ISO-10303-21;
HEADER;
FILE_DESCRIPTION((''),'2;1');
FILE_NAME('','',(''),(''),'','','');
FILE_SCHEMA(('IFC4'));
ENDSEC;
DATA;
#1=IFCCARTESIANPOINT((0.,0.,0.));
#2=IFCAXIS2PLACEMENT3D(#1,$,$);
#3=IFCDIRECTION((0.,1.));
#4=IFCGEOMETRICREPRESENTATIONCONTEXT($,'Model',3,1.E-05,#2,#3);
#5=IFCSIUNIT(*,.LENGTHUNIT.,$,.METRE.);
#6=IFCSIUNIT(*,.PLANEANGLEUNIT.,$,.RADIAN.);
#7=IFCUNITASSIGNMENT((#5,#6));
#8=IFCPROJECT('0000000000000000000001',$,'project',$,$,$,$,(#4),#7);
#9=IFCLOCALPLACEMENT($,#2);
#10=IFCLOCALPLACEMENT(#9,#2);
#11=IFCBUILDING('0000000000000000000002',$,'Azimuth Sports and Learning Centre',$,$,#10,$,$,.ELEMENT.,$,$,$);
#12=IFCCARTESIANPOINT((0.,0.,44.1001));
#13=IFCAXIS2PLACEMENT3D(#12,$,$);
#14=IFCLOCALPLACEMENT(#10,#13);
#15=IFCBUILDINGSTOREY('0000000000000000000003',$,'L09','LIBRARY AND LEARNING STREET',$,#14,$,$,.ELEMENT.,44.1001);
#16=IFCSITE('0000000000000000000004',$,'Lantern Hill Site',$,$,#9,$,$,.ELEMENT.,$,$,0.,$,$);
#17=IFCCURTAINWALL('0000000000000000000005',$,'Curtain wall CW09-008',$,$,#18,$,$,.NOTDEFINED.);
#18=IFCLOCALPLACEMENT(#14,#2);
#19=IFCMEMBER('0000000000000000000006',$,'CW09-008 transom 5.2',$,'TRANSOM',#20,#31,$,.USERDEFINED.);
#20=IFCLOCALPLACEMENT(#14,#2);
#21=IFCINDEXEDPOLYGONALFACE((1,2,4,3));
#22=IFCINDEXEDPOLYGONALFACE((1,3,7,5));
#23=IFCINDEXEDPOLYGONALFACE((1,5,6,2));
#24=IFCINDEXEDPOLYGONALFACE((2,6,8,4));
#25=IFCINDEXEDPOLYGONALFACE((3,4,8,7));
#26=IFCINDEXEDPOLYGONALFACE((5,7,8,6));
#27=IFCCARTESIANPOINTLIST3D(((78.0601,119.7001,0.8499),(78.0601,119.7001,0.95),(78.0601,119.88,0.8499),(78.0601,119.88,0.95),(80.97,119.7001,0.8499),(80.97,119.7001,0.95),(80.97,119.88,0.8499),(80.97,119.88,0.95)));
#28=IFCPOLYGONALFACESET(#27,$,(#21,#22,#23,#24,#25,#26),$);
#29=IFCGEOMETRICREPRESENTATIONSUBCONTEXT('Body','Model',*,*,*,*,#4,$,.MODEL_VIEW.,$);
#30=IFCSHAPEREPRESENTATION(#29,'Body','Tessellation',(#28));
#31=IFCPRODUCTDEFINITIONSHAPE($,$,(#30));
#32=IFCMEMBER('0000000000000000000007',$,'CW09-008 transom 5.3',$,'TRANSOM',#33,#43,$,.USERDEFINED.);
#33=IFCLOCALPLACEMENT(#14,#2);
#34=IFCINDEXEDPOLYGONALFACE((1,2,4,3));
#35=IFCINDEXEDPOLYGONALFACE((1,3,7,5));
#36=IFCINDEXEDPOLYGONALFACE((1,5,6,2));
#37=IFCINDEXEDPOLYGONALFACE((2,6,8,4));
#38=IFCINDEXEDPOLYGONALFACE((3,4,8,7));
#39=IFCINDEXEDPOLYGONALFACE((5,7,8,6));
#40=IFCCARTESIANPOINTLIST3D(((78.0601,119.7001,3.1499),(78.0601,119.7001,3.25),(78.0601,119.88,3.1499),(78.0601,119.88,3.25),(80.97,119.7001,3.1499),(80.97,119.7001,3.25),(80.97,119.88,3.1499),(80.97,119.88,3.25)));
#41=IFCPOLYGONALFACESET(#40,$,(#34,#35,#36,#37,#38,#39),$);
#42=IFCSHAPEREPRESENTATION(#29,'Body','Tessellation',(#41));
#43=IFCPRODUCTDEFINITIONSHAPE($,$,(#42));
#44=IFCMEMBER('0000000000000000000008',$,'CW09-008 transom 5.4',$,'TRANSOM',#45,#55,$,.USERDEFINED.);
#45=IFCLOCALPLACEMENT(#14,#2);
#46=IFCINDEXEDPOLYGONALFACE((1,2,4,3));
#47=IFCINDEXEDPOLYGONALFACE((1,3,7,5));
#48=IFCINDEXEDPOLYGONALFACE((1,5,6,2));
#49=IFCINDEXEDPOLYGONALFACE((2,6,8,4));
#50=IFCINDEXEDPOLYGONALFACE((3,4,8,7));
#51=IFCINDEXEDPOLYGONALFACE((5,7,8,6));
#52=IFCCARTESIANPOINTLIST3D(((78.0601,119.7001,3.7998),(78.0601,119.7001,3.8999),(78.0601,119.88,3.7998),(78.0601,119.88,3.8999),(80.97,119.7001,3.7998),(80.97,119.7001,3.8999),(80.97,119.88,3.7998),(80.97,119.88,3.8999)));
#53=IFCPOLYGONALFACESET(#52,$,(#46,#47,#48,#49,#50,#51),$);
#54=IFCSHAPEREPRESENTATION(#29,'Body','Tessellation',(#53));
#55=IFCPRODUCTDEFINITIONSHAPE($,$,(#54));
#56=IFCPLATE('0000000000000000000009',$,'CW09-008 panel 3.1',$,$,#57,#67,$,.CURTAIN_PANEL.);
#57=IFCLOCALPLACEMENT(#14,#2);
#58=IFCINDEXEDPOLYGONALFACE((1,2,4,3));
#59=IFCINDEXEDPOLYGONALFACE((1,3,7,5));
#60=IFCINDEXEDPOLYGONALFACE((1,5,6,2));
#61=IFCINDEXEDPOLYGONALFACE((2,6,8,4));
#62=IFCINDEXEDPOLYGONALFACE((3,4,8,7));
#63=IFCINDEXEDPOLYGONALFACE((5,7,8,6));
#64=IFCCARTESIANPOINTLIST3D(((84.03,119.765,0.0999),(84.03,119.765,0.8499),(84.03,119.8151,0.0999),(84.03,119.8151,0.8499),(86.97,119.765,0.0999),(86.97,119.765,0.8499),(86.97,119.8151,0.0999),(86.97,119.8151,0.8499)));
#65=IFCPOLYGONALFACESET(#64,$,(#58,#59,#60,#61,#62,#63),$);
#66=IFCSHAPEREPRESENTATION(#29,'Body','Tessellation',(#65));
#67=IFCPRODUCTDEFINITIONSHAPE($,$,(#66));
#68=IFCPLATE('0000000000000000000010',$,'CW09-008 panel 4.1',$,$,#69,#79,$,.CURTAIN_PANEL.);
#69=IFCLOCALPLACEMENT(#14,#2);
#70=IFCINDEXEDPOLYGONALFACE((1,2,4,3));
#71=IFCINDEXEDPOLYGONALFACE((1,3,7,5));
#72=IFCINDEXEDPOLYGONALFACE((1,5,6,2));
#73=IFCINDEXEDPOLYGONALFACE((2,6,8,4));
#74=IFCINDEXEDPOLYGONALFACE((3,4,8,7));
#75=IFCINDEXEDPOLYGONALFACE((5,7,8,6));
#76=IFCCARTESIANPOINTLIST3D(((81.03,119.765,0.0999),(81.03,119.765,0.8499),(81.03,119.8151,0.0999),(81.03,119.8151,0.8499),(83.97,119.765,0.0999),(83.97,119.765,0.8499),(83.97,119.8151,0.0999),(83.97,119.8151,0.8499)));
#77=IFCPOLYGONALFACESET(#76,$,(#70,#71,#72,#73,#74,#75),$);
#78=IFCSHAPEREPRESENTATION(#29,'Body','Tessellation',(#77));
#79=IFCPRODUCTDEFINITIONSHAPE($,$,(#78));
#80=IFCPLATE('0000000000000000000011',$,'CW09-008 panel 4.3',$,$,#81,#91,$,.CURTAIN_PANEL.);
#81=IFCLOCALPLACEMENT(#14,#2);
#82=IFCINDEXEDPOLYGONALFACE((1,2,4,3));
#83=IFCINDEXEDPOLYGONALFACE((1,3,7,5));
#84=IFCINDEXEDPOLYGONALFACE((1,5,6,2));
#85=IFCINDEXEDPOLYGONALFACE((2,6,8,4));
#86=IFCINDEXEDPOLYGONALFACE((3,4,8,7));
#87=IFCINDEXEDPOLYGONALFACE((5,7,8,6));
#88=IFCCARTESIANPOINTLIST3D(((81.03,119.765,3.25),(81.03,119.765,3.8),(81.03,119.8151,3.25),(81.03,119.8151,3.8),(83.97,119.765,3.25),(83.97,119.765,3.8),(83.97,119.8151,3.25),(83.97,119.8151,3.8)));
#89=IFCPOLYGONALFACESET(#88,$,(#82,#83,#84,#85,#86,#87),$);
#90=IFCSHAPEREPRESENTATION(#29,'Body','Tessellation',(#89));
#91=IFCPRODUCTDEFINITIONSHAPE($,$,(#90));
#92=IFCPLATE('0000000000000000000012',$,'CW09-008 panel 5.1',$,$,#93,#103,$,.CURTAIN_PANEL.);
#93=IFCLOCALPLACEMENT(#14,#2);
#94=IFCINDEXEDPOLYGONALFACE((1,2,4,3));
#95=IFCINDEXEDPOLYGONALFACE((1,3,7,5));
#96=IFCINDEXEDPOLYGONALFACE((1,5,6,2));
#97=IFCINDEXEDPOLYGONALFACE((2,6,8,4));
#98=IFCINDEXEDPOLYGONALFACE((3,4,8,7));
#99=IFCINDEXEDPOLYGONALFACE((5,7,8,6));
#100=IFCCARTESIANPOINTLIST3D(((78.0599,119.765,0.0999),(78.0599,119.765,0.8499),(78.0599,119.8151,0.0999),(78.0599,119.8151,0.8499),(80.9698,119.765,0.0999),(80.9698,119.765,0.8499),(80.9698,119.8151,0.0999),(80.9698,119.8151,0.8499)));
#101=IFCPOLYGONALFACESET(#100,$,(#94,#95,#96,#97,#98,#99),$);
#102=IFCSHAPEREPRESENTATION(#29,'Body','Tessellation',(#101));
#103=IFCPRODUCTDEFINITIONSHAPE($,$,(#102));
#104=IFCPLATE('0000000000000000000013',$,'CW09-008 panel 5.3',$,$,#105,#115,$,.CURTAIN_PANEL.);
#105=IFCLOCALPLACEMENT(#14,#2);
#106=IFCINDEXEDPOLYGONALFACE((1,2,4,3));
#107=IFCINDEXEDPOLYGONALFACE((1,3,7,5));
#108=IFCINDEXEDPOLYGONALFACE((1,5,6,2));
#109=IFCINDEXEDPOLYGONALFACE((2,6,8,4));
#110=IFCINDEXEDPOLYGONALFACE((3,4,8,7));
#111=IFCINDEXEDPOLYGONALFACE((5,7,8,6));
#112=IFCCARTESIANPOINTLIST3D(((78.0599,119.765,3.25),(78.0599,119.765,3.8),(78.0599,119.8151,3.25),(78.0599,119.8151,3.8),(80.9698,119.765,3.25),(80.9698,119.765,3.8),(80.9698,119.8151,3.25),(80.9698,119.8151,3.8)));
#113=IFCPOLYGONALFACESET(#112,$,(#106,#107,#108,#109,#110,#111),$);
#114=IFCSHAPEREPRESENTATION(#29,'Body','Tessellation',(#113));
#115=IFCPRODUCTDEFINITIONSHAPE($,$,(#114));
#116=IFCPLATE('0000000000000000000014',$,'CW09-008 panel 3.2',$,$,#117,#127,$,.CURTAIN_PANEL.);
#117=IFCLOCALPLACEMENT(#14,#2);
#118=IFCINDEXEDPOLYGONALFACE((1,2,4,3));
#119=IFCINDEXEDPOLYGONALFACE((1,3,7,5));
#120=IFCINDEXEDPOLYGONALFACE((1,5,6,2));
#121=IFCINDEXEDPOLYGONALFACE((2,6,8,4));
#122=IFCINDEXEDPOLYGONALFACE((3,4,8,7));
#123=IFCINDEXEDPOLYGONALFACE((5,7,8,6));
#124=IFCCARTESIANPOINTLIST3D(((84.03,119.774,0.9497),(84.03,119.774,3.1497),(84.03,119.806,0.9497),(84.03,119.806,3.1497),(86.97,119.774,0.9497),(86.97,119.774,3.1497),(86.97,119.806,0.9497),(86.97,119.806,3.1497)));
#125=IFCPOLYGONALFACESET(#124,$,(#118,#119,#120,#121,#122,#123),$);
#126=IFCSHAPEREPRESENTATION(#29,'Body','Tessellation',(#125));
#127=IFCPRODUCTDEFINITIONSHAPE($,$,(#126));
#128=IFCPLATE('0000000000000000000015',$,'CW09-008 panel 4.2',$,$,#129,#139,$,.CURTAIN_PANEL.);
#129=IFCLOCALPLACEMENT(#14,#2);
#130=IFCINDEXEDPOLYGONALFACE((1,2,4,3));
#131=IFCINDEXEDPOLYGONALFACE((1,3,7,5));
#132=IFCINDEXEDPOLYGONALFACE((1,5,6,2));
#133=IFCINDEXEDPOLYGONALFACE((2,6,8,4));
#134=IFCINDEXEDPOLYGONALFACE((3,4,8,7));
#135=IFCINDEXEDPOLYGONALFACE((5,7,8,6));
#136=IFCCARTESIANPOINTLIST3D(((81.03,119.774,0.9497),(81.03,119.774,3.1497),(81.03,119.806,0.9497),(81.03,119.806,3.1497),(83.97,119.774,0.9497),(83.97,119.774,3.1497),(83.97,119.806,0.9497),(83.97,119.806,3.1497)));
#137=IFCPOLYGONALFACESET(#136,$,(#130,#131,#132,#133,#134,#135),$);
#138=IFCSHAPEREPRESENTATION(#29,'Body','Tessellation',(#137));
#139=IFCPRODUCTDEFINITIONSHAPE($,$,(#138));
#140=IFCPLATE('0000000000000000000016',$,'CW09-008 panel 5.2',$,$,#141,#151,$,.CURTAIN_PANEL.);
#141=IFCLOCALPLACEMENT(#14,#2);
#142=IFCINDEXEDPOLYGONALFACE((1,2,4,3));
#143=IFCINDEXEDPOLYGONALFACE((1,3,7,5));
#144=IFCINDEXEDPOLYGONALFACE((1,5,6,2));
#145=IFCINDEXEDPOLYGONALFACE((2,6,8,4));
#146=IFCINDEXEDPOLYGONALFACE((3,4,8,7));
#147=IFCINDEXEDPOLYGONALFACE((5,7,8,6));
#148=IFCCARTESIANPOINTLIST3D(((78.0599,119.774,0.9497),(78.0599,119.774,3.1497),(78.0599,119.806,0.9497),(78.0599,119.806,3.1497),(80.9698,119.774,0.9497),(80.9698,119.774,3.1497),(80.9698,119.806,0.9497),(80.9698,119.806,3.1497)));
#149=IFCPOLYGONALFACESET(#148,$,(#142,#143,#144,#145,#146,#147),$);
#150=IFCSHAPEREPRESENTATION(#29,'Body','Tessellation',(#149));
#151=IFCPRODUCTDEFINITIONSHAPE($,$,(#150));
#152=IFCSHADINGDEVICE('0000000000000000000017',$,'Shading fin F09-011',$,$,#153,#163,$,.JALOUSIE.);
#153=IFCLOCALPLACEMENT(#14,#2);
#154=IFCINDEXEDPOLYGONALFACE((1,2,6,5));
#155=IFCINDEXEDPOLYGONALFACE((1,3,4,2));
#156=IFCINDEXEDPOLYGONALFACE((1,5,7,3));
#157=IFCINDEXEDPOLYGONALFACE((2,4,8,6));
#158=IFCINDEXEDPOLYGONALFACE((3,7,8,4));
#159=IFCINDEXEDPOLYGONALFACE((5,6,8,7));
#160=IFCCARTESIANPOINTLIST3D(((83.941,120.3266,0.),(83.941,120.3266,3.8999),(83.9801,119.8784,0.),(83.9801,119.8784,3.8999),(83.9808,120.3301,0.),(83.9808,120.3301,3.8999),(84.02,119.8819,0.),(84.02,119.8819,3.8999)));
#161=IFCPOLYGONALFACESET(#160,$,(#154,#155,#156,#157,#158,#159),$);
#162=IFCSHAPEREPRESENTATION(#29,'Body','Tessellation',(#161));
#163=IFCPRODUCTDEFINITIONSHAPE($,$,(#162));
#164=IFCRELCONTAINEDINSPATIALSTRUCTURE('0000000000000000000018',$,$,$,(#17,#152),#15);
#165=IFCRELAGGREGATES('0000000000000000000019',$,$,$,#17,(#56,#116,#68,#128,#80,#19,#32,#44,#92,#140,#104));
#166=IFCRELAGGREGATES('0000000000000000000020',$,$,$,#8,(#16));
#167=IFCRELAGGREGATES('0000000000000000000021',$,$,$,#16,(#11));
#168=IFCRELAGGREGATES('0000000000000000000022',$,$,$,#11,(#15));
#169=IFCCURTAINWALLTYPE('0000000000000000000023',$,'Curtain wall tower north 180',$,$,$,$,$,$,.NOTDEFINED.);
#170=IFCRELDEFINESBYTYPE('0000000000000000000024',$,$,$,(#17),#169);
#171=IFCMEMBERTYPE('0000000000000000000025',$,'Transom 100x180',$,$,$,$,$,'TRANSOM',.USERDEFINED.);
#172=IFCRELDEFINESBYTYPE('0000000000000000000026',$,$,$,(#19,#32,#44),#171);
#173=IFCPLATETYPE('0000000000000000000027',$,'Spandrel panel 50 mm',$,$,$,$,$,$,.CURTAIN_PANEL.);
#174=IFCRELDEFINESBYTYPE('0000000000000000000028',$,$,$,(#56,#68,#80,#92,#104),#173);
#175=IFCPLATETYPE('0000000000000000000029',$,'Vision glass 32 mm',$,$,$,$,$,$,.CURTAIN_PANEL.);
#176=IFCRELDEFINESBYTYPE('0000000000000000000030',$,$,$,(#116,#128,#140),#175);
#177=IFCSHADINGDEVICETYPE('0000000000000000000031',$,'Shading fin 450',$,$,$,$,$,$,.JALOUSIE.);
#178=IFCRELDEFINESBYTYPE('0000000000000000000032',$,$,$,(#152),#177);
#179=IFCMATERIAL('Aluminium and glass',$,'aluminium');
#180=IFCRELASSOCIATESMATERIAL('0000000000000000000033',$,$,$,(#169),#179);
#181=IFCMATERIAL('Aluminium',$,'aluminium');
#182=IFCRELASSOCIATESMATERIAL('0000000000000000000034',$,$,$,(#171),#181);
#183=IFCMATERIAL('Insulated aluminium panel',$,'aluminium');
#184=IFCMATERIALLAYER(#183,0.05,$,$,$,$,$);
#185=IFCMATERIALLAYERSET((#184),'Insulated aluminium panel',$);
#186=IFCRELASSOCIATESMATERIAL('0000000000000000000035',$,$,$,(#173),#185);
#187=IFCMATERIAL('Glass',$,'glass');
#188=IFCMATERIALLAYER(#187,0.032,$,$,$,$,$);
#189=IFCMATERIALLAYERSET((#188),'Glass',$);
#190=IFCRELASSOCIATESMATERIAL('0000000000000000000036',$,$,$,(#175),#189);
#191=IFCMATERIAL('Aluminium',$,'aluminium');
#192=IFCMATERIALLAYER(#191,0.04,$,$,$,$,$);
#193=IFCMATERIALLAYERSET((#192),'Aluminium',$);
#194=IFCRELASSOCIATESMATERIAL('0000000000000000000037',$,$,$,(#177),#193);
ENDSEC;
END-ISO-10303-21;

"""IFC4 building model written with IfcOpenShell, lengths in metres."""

from ifc_helpers import new_model, si_unit, direction, frame, origin, origin_2d, place, context, subcontext, project, spatial, rectangle, extrude, material, layer, layer_set, material_profile, profile_set, type_object, element, aggregate, save


model = new_model("IFC4")

# Units and contexts
model_context = context("Model", 3, precision=1e-05, world=origin(), true_north=direction((0.0, 1.0)))
body_context = subcontext(model_context, "Body", "Model", "MODEL_VIEW")
ifc_project = project(units=[si_unit("LENGTHUNIT", "METRE"), si_unit("PLANEANGLEUNIT", "RADIAN")], contexts=[model_context])

# Site, building, storey
site_placement = place(None, origin())
site = spatial("IfcSite", under=ifc_project, at=site_placement, Name="Lantern Hill Site", CompositionType="ELEMENT", RefElevation=0.0)
building_placement = place(site_placement, origin())
building = spatial("IfcBuilding", under=site, at=building_placement, Name="Azimuth Sports and Learning Centre", CompositionType="ELEMENT")
storey_placement = place(building_placement, frame((0.0, 0.0, 44.1001)))
storey = spatial("IfcBuildingStorey", under=building, at=storey_placement, Name="L09", Description="LIBRARY AND LEARNING STREET", CompositionType="ELEMENT", Elevation=44.1001)

# Curtain wall, members, plates
ifc_material_1 = material(Name="Aluminium and glass", Category="aluminium")
curtain_wall_type = type_object("IfcCurtainWallType", Name="Curtain wall tower north 180", PredefinedType="NOTDEFINED", material=ifc_material_1)
curtain_wall_placement = place(storey_placement, origin())
curtain_wall = element("IfcCurtainWall", 1, at=curtain_wall_placement, inside=storey, type_object=curtain_wall_type, Name="Curtain wall CW09-008", PredefinedType="NOTDEFINED")
ifc_material_2 = material(Name="Aluminium", Category="aluminium")
ifc_material_profile_1 = material_profile(ifc_material_2, rectangle(XDim=0.1799, YDim=0.1001, at=origin_2d()), Name="Transom 100x180")
ifc_profile_set_1 = profile_set([ifc_material_profile_1], Name="Aluminium")
member_type_1 = type_object("IfcMemberType", Name="Transom 100x180", ElementType="TRANSOM", PredefinedType="USERDEFINED", material=ifc_profile_set_1)
member_1_placement = place(storey_placement, frame((80.97, 119.79, 0.8999), z_axis=(-1.0, 0.0, 0.0), x_axis=(0.0, -1.0, 0.0)))
member_1 = element("IfcMember", 2, at=member_1_placement, type_object=member_type_1, Name="CW09-008 transom 5.2", ObjectType="TRANSOM", PredefinedType="USERDEFINED", context=body_context, shape_type="SweptSolid", body=[
    extrude(rectangle(XDim=0.1799, YDim=0.1001, at=origin_2d()), origin(), (0.0, 0.0, 1.0), 2.9099),
])
member_2_placement = place(storey_placement, frame((80.97, 119.79, 3.2), z_axis=(-1.0, 0.0, 0.0), x_axis=(0.0, -1.0, 0.0)))
member_2 = element("IfcMember", 3, at=member_2_placement, type_object=member_type_1, Name="CW09-008 transom 5.3", ObjectType="TRANSOM", PredefinedType="USERDEFINED", context=body_context, shape_type="SweptSolid", body=[
    extrude(rectangle(XDim=0.1799, YDim=0.1001, at=origin_2d()), origin(), (0.0, 0.0, 1.0), 2.9099),
])
member_3_placement = place(storey_placement, frame((80.97, 119.79, 3.8499), z_axis=(-1.0, 0.0, 0.0), x_axis=(0.0, -1.0, 0.0)))
member_3 = element("IfcMember", 4, at=member_3_placement, type_object=member_type_1, Name="CW09-008 transom 5.4", ObjectType="TRANSOM", PredefinedType="USERDEFINED", context=body_context, shape_type="SweptSolid", body=[
    extrude(rectangle(XDim=0.1799, YDim=0.1001, at=origin_2d()), origin(), (0.0, 0.0, 1.0), 2.9099),
])
ifc_material_3 = material(Name="Insulated aluminium panel", Category="aluminium")
ifc_layer_1 = layer(ifc_material_3, 0.05)
ifc_layer_set_1 = layer_set([ifc_layer_1], Name="Insulated aluminium panel")
plate_type_1 = type_object("IfcPlateType", Name="Spandrel panel 50 mm", PredefinedType="CURTAIN_PANEL", material=ifc_layer_set_1)
plate_1_placement = place(storey_placement, frame((85.5, 119.79, 0.0999), z_axis=(0.0, 0.0, 1.0), x_axis=(-1.0, 0.0, 0.0)))
plate_1 = element("IfcPlate", 5, at=plate_1_placement, type_object=plate_type_1, Name="CW09-008 panel 3.1", PredefinedType="CURTAIN_PANEL", context=body_context, shape_type="SweptSolid", body=[
    extrude(rectangle(XDim=2.9399, YDim=0.05, at=origin_2d()), origin(), (0.0, 0.0, 1.0), 0.75),
])
plate_2_placement = place(storey_placement, frame((82.5, 119.79, 0.0999), z_axis=(0.0, 0.0, 1.0), x_axis=(-1.0, 0.0, 0.0)))
plate_2 = element("IfcPlate", 6, at=plate_2_placement, type_object=plate_type_1, Name="CW09-008 panel 4.1", PredefinedType="CURTAIN_PANEL", context=body_context, shape_type="SweptSolid", body=[
    extrude(rectangle(XDim=2.9399, YDim=0.05, at=origin_2d()), origin(), (0.0, 0.0, 1.0), 0.75),
])
plate_3_placement = place(storey_placement, frame((82.5, 119.79, 3.25), z_axis=(0.0, 0.0, 1.0), x_axis=(-1.0, 0.0, 0.0)))
plate_3 = element("IfcPlate", 7, at=plate_3_placement, type_object=plate_type_1, Name="CW09-008 panel 4.3", PredefinedType="CURTAIN_PANEL", context=body_context, shape_type="SweptSolid", body=[
    extrude(rectangle(XDim=2.9399, YDim=0.05, at=origin_2d()), origin(), (0.0, 0.0, 1.0), 0.55),
])
plate_4_placement = place(storey_placement, frame((79.5149, 119.79, 0.0999), z_axis=(0.0, 0.0, 1.0), x_axis=(-1.0, 0.0, 0.0)))
plate_4 = element("IfcPlate", 8, at=plate_4_placement, type_object=plate_type_1, Name="CW09-008 panel 5.1", PredefinedType="CURTAIN_PANEL", context=body_context, shape_type="SweptSolid", body=[
    extrude(rectangle(XDim=2.9099, YDim=0.05, at=origin_2d()), origin(), (0.0, 0.0, 1.0), 0.75),
])
plate_5_placement = place(storey_placement, frame((79.5149, 119.79, 3.25), z_axis=(0.0, 0.0, 1.0), x_axis=(-1.0, 0.0, 0.0)))
plate_5 = element("IfcPlate", 9, at=plate_5_placement, type_object=plate_type_1, Name="CW09-008 panel 5.3", PredefinedType="CURTAIN_PANEL", context=body_context, shape_type="SweptSolid", body=[
    extrude(rectangle(XDim=2.9099, YDim=0.05, at=origin_2d()), origin(), (0.0, 0.0, 1.0), 0.55),
])
ifc_material_4 = material(Name="Glass", Category="glass")
ifc_layer_2 = layer(ifc_material_4, 0.032)
ifc_layer_set_2 = layer_set([ifc_layer_2], Name="Glass")
plate_type_2 = type_object("IfcPlateType", Name="Vision glass 32 mm", PredefinedType="CURTAIN_PANEL", material=ifc_layer_set_2)
plate_6_placement = place(storey_placement, frame((85.5, 119.79, 0.9497), z_axis=(0.0, 0.0, 1.0), x_axis=(-1.0, 0.0, 0.0)))
plate_6 = element("IfcPlate", 10, at=plate_6_placement, type_object=plate_type_2, Name="CW09-008 panel 3.2", PredefinedType="CURTAIN_PANEL", context=body_context, shape_type="SweptSolid", body=[
    extrude(rectangle(XDim=2.9399, YDim=0.032, at=origin_2d()), origin(), (0.0, 0.0, 1.0), 2.2),
])
plate_7_placement = place(storey_placement, frame((82.5, 119.79, 0.9497), z_axis=(0.0, 0.0, 1.0), x_axis=(-1.0, 0.0, 0.0)))
plate_7 = element("IfcPlate", 11, at=plate_7_placement, type_object=plate_type_2, Name="CW09-008 panel 4.2", PredefinedType="CURTAIN_PANEL", context=body_context, shape_type="SweptSolid", body=[
    extrude(rectangle(XDim=2.9399, YDim=0.032, at=origin_2d()), origin(), (0.0, 0.0, 1.0), 2.2),
])
plate_8_placement = place(storey_placement, frame((79.5149, 119.79, 0.9497), z_axis=(0.0, 0.0, 1.0), x_axis=(-1.0, 0.0, 0.0)))
plate_8 = element("IfcPlate", 12, at=plate_8_placement, type_object=plate_type_2, Name="CW09-008 panel 5.2", PredefinedType="CURTAIN_PANEL", context=body_context, shape_type="SweptSolid", body=[
    extrude(rectangle(XDim=2.9099, YDim=0.032, at=origin_2d()), origin(), (0.0, 0.0, 1.0), 2.2),
])
aggregate(curtain_wall, [plate_1, plate_6, plate_2, plate_7, plate_3, member_1, member_2, member_3, plate_4, plate_8, plate_5])

# Shading device
ifc_material_5 = material(Name="Aluminium", Category="aluminium")
ifc_layer_3 = layer(ifc_material_5, 0.04)
ifc_layer_set_3 = layer_set([ifc_layer_3], Name="Aluminium")
shading_device_type = type_object("IfcShadingDeviceType", Name="Shading fin 450", PredefinedType="JALOUSIE", material=ifc_layer_set_3)
shading_device_placement = place(storey_placement, frame((83.9805, 120.1042, 0.0), z_axis=(0.0, 0.0, 1.0), x_axis=(-0.08698, 0.99621, 0.0)))
element("IfcShadingDevice", 13, at=shading_device_placement, inside=storey, type_object=shading_device_type, Name="Shading fin F09-011", PredefinedType="JALOUSIE", context=body_context, shape_type="SweptSolid", body=[
    extrude(rectangle(XDim=0.45, YDim=0.04, at=origin_2d()), origin(), (0.0, 0.0, 1.0), 3.8999),
])

save(model, "model.ifc")
